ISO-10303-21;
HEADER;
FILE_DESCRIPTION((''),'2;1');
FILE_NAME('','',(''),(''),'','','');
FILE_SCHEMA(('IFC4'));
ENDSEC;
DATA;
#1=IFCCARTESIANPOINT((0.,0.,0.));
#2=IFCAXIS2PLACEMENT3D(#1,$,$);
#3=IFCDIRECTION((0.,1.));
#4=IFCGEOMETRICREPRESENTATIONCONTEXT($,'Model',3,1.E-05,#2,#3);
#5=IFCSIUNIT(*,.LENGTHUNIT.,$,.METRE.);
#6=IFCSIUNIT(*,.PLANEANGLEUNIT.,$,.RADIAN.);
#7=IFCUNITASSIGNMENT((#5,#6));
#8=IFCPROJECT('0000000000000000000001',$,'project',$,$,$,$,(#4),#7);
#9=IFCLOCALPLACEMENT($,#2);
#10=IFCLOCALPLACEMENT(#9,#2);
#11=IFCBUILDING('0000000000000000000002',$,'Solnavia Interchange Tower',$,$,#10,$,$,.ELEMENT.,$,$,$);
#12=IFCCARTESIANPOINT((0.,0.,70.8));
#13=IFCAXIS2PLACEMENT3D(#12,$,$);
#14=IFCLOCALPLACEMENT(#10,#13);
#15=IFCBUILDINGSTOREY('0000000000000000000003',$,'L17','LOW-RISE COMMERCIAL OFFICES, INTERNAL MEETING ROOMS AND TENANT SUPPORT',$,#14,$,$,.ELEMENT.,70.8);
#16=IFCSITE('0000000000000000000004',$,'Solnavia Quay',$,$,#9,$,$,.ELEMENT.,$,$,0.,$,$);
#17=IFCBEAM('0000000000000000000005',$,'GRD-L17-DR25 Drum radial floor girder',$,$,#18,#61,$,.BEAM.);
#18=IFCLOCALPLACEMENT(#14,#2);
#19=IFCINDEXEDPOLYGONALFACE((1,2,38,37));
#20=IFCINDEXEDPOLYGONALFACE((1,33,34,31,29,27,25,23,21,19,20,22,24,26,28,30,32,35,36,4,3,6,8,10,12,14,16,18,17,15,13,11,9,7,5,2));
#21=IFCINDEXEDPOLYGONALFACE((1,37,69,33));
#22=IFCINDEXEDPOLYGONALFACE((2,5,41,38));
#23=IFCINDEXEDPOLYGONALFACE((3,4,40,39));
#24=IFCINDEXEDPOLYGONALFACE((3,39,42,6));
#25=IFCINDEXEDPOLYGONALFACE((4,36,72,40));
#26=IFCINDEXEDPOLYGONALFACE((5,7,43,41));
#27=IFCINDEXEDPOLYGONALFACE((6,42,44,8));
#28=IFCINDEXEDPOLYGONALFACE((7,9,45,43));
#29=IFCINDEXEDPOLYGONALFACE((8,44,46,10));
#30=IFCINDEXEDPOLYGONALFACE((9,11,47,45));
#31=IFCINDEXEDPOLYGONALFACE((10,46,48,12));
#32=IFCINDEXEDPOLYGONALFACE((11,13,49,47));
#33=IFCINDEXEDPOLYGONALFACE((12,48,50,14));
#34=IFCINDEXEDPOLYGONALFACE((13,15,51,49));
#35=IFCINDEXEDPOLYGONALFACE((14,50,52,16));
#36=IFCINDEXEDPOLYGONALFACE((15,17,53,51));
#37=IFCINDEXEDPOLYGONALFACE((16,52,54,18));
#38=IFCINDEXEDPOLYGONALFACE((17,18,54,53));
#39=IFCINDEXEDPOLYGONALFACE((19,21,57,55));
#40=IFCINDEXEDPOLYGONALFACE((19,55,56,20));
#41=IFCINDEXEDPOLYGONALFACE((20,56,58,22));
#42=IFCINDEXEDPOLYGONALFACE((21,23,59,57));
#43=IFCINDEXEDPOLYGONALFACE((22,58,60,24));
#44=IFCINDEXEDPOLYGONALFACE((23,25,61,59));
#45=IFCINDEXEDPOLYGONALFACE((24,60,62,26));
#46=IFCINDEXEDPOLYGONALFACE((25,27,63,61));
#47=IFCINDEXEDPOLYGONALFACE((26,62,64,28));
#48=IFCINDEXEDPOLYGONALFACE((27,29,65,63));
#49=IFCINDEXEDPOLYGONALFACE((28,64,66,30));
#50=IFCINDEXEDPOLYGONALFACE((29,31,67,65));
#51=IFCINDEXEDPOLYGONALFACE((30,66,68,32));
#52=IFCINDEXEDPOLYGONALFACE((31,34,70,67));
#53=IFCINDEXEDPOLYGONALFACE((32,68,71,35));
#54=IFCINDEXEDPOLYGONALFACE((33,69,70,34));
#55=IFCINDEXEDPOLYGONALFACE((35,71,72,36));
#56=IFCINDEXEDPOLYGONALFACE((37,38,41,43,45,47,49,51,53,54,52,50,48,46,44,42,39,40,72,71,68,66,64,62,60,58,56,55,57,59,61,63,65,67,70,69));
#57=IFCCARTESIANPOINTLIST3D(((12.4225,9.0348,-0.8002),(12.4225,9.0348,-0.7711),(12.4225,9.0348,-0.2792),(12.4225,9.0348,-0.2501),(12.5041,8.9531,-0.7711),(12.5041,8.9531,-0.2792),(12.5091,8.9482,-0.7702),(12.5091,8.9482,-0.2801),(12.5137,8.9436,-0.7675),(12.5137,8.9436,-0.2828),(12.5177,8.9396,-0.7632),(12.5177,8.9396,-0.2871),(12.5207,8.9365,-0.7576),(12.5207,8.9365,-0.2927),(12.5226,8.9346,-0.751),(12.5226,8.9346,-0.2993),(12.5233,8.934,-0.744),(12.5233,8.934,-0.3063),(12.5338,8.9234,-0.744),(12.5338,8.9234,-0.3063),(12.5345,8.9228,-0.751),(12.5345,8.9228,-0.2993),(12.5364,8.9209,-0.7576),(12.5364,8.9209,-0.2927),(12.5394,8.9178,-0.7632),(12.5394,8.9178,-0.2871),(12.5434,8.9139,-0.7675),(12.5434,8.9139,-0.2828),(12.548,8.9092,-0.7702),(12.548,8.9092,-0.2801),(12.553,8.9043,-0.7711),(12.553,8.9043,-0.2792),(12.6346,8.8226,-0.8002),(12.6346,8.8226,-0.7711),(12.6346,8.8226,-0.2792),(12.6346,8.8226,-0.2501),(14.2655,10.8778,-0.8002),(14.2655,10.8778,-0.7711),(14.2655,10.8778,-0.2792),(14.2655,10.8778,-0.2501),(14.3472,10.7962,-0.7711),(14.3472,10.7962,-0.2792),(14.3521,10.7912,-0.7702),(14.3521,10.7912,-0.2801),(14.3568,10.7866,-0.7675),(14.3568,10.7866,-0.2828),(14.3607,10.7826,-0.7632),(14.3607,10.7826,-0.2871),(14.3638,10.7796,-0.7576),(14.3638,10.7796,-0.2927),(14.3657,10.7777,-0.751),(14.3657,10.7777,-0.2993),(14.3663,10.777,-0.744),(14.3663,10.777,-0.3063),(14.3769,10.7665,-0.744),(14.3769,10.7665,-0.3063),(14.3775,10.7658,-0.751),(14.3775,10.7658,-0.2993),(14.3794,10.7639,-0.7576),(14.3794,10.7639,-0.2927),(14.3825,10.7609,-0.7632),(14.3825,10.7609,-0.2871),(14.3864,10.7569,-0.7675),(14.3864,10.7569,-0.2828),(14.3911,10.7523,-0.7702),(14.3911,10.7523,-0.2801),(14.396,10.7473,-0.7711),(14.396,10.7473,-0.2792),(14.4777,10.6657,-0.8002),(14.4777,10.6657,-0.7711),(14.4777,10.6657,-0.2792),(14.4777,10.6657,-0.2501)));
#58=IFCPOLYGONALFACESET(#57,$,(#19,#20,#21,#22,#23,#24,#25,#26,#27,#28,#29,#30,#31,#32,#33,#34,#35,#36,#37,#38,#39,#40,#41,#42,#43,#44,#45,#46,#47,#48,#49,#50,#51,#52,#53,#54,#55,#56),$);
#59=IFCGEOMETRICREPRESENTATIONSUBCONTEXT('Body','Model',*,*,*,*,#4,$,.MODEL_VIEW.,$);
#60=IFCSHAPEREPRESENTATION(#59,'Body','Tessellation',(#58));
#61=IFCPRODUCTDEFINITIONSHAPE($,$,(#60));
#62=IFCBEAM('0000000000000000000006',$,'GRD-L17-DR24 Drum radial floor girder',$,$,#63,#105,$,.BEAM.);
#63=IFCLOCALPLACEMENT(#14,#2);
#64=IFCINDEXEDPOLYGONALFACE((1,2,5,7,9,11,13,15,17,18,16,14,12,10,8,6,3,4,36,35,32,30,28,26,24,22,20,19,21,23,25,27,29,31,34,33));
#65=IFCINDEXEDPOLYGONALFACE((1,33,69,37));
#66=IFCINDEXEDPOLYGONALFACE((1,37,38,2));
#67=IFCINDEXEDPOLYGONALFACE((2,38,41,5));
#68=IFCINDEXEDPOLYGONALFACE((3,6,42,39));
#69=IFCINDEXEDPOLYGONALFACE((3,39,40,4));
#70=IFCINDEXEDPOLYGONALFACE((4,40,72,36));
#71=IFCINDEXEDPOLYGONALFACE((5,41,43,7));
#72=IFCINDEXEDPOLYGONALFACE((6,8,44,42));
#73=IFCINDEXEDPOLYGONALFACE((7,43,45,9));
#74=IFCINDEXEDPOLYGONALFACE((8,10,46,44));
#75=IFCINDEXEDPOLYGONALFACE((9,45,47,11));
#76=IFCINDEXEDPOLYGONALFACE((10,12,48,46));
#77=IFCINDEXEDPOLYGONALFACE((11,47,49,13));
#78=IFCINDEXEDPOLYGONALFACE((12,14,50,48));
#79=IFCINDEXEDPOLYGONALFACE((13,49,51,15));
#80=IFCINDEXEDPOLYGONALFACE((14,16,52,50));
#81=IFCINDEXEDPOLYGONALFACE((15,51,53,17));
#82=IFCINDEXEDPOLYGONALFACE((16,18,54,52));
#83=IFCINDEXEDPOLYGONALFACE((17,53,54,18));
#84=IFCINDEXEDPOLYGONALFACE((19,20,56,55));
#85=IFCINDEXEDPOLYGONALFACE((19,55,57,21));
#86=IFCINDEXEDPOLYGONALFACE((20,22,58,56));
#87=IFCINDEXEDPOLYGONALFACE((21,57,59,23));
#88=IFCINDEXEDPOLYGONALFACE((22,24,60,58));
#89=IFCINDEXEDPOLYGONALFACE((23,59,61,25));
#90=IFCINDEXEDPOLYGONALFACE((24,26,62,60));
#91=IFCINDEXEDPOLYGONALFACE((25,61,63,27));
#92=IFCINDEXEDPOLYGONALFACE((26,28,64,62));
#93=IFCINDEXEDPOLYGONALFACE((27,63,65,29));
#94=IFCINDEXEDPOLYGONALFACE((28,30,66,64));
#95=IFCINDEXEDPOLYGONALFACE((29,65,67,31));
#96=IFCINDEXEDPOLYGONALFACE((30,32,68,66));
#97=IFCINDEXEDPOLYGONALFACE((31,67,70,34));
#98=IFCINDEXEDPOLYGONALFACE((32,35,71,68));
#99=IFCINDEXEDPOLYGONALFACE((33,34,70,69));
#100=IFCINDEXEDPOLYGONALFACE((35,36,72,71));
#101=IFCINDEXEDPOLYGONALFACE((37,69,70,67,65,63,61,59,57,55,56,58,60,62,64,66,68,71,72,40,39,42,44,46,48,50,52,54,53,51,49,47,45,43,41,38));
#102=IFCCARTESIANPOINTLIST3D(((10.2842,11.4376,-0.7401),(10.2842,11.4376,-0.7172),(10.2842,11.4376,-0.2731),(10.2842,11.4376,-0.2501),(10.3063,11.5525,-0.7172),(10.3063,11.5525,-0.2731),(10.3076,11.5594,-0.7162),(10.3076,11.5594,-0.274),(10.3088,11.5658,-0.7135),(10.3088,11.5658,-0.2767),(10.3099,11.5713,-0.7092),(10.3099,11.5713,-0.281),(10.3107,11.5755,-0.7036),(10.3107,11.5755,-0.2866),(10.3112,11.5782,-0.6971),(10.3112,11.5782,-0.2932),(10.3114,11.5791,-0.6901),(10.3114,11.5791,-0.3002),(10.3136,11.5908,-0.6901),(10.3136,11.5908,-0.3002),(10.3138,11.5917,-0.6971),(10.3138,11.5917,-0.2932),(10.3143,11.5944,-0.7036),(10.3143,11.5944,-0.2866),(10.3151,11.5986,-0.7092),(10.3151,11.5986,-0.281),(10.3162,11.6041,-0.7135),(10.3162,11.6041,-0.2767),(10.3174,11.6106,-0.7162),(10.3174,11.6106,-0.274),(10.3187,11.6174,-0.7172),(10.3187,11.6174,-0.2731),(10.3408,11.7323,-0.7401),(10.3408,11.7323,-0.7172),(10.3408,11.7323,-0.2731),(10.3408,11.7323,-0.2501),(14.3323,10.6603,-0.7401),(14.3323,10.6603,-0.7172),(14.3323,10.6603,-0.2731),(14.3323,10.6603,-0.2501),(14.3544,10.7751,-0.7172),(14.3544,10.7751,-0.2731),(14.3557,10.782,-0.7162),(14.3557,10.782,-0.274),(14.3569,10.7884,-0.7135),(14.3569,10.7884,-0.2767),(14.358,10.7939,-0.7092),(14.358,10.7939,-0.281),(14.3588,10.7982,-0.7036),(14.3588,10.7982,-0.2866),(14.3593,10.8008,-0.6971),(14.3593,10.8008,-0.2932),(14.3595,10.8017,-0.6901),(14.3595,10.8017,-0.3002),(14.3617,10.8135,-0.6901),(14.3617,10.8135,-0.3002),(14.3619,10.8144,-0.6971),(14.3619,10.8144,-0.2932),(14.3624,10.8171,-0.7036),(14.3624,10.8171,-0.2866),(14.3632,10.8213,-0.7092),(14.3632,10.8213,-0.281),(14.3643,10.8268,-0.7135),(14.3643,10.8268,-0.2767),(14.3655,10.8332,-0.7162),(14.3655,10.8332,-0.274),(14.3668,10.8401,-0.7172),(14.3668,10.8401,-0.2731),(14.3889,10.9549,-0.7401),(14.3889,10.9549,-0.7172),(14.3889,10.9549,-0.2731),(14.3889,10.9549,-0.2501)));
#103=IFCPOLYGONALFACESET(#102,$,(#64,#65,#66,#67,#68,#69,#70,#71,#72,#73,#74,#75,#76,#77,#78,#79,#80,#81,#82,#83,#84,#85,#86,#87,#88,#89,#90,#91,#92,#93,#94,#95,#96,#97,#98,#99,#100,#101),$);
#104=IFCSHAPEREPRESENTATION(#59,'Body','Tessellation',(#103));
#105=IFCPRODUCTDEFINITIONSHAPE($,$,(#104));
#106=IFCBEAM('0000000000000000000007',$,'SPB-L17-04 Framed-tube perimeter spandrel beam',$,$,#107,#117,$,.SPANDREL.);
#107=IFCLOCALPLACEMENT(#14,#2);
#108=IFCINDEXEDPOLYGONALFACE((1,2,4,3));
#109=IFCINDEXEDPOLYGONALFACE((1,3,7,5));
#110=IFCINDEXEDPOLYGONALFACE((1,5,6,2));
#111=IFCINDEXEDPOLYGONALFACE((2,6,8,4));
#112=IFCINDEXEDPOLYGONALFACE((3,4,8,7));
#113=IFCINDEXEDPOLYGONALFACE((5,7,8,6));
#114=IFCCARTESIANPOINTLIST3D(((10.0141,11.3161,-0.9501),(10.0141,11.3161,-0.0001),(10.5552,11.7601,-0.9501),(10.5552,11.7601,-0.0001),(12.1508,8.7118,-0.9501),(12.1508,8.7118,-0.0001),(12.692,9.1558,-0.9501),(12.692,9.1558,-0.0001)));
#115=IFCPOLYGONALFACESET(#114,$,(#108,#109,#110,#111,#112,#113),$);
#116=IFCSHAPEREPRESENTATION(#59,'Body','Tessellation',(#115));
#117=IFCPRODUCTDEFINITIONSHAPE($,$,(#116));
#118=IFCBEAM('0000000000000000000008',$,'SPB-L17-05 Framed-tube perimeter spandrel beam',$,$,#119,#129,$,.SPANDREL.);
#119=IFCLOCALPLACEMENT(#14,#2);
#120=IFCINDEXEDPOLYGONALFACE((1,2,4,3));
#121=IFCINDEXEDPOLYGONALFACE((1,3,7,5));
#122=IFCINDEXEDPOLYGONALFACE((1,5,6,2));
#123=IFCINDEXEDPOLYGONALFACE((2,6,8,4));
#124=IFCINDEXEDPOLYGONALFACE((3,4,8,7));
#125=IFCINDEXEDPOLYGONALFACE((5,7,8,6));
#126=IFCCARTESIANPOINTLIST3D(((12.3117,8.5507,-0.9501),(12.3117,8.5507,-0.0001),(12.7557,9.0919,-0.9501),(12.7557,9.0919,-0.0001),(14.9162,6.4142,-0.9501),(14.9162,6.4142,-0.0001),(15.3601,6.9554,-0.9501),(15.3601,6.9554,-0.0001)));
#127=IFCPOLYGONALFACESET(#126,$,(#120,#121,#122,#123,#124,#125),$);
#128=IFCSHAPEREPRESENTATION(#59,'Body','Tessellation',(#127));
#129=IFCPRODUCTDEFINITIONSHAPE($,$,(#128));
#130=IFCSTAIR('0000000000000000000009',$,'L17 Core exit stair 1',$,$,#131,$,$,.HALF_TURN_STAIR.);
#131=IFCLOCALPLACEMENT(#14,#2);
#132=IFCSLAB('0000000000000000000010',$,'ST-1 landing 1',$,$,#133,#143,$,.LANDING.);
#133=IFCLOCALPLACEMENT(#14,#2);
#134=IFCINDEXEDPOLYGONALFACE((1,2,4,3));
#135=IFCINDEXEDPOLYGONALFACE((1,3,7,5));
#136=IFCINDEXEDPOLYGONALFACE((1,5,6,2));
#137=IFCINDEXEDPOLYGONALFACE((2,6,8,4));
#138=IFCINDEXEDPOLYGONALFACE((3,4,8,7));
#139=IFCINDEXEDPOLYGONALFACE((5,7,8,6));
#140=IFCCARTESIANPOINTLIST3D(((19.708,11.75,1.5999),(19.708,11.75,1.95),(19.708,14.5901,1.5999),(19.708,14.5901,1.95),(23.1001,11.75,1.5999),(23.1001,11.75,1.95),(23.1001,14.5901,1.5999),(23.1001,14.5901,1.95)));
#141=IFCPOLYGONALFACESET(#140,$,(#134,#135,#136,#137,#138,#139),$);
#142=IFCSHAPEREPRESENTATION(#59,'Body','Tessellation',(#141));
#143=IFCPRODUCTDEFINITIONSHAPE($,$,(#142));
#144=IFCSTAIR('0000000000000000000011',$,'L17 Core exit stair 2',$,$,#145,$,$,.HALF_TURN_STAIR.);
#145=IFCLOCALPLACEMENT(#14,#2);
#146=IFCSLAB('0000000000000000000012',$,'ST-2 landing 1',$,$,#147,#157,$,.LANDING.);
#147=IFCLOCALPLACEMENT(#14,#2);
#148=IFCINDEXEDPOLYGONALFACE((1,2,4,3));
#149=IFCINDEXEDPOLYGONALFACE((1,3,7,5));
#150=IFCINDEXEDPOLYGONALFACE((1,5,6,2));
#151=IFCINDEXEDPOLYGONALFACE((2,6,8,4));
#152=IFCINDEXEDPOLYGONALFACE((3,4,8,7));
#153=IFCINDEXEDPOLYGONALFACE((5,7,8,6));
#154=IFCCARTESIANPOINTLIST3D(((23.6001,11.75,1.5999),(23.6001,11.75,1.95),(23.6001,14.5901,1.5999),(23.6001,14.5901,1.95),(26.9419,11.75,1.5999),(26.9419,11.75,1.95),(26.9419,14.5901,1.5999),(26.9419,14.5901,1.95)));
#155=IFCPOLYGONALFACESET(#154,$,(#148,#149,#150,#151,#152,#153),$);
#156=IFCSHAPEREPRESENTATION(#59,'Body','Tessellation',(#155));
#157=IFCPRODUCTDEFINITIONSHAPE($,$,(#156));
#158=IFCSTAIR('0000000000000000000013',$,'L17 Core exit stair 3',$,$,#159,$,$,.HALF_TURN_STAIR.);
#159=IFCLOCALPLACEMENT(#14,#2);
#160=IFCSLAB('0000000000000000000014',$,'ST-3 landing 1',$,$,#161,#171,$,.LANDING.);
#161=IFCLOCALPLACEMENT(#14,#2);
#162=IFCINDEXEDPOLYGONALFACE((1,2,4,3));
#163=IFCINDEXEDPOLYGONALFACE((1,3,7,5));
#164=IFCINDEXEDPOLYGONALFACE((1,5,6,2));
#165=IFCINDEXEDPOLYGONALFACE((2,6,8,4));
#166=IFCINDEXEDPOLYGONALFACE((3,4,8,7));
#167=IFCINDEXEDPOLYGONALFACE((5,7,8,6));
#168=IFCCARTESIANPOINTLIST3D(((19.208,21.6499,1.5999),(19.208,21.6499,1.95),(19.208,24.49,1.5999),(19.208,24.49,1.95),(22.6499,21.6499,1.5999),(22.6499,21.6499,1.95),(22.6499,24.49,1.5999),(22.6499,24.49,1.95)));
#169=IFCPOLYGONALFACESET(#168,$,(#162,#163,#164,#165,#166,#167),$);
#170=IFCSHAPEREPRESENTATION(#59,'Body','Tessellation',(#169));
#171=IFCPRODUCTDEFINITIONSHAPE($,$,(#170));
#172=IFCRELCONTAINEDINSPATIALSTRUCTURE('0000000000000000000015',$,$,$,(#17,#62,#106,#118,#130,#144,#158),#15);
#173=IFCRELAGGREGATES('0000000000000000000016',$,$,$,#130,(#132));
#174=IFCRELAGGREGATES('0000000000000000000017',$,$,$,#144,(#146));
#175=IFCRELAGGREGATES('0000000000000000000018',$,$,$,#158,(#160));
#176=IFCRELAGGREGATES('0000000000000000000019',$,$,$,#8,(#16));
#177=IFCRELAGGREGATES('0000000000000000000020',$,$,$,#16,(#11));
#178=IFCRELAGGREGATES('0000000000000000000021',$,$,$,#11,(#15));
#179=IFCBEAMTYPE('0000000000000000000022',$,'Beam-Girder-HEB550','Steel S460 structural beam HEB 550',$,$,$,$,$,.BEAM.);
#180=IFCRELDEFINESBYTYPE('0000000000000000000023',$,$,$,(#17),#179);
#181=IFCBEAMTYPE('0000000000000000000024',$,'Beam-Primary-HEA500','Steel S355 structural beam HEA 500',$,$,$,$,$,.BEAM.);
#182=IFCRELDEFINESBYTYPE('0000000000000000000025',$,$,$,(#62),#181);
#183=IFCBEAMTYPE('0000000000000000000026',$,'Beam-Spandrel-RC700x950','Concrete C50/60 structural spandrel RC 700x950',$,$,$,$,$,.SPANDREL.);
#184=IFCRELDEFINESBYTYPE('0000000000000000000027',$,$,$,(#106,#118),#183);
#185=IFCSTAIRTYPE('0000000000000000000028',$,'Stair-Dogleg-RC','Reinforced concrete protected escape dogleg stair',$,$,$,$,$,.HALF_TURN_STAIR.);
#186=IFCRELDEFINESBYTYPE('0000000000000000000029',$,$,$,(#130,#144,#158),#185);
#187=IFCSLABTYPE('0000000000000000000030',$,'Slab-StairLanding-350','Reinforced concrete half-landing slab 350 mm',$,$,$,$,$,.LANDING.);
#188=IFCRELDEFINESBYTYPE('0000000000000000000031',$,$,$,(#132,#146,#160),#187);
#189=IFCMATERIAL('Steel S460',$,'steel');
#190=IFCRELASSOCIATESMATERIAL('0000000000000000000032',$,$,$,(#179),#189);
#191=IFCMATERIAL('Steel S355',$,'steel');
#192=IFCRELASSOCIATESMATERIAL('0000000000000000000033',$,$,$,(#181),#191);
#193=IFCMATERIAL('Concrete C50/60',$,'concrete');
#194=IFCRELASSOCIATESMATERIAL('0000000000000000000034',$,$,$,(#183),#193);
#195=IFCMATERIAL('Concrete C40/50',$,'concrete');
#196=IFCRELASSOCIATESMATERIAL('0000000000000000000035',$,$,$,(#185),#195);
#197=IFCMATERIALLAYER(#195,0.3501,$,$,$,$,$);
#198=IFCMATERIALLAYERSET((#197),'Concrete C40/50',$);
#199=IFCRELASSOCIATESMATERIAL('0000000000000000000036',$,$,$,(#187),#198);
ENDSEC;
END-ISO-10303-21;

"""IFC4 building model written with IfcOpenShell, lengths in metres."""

from ifc_helpers import new_model, si_unit, direction, frame, origin, origin_2d, place, context, subcontext, project, spatial, polyline, rectangle, i_section, outline, extrude, material, layer, layer_set, material_profile, profile_set, type_object, element, aggregate, save


model = new_model("IFC4")

# Units and contexts
model_context = context("Model", 3, precision=1e-05, world=origin(), true_north=direction((0.0, 1.0)))
body_context = subcontext(model_context, "Body", "Model", "MODEL_VIEW")
ifc_project = project(units=[si_unit("LENGTHUNIT", "METRE"), si_unit("PLANEANGLEUNIT", "RADIAN")], contexts=[model_context])

# Site, building, storey
site_placement = place(None, origin())
site = spatial("IfcSite", under=ifc_project, at=site_placement, Name="Solnavia Quay", CompositionType="ELEMENT", RefElevation=0.0)
building_placement = place(site_placement, origin())
building = spatial("IfcBuilding", under=site, at=building_placement, Name="Solnavia Interchange Tower", CompositionType="ELEMENT")
storey_placement = place(building_placement, frame((0.0, 0.0, 70.8)))
storey = spatial("IfcBuildingStorey", under=building, at=storey_placement, Name="L17", Description="LOW-RISE COMMERCIAL OFFICES, INTERNAL MEETING ROOMS AND TENANT SUPPORT", CompositionType="ELEMENT", Elevation=70.8)

# Shared definitions
ifc_material_1 = material(Name="Steel S355", Category="steel")

# Beams
ifc_material_2 = material(Name="Steel S460", Category="steel")
ifc_material_profile_1 = material_profile(ifc_material_2, i_section(OverallWidth=0.3, OverallDepth=0.55, WebThickness=0.0149, FlangeThickness=0.0291, FilletRadius=0.0271, at=origin_2d()), Name="HEB 550")
ifc_profile_set_1 = profile_set([ifc_material_profile_1], Name="Steel S460")
beam_type_1 = type_object("IfcBeamType", Name="Beam-Girder-HEB550", Description="Steel S460 structural beam HEB 550", PredefinedType="BEAM", material=ifc_profile_set_1)
beam_1_placement = place(storey_placement, frame((12.5286, 8.9287, -0.5251), z_axis=(0.707107, 0.707107, 0.0), x_axis=(-0.707107, 0.707107, 0.0)))
element("IfcBeam", 1, at=beam_1_placement, inside=storey, type_object=beam_type_1, Name="GRD-L17-DR25 Drum radial floor girder", PredefinedType="BEAM", context=body_context, shape_type="SweptSolid", body=[
    extrude(i_section(OverallWidth=0.3, OverallDepth=0.55, WebThickness=0.0149, FlangeThickness=0.0291, FilletRadius=0.0271, at=origin_2d()), origin(), (0.0, 0.0, 1.0), 2.6064),
])
ifc_material_profile_2 = material_profile(ifc_material_1, i_section(OverallWidth=0.3, OverallDepth=0.49, WebThickness=0.012, FlangeThickness=0.0229, FilletRadius=0.0271, at=origin_2d()), Name="HEA 500")
ifc_profile_set_2 = profile_set([ifc_material_profile_2], Name="Steel S355")
beam_type_2 = type_object("IfcBeamType", Name="Beam-Primary-HEA500", Description="Steel S355 structural beam HEA 500", PredefinedType="BEAM", material=ifc_profile_set_2)
beam_2_placement = place(storey_placement, frame((10.3125, 11.585, -0.4951), z_axis=(0.982058, -0.188582, 0.0), x_axis=(0.188582, 0.982058, 0.0)))
element("IfcBeam", 2, at=beam_2_placement, inside=storey, type_object=beam_type_2, Name="GRD-L17-DR24 Drum radial floor girder", PredefinedType="BEAM", context=body_context, shape_type="SweptSolid", body=[
    extrude(i_section(OverallWidth=0.3, OverallDepth=0.49, WebThickness=0.012, FlangeThickness=0.0229, FilletRadius=0.0271, at=origin_2d()), origin(), (0.0, 0.0, 1.0), 4.1221),
])
ifc_material_3 = material(Name="Concrete C50/60", Category="concrete")
ifc_material_profile_3 = material_profile(ifc_material_3, rectangle(XDim=0.7, YDim=0.95, at=origin_2d()), Name="RC 700x950")
ifc_profile_set_3 = profile_set([ifc_material_profile_3], Name="Concrete C50/60")
beam_type_3 = type_object("IfcBeamType", Name="Beam-Spandrel-RC700x950", Description="Concrete C50/60 structural spandrel RC 700x950", PredefinedType="SPANDREL", material=ifc_profile_set_3)
for number, where, z_axis, x_axis, name in (
    (3, (10.2847, 11.5381, -0.4751), (0.634299, -0.773088, 0.0), (0.773088, 0.634299, 0.0), "SPB-L17-04 Framed-tube perimeter spandrel beam"),
    (4, (12.5337, 8.8213, -0.4751), (0.773153, -0.63422, 0.0), (0.63422, 0.773153, 0.0), "SPB-L17-05 Framed-tube perimeter spandrel beam"),
):
    element("IfcBeam", number, at=place(storey_placement, frame(where, z_axis=z_axis, x_axis=x_axis)), inside=storey, type_object=beam_type_3, Name=name, PredefinedType="SPANDREL", context=body_context, shape_type="SweptSolid", body=[
        extrude(rectangle(XDim=0.7, YDim=0.95, at=origin_2d()), origin(), (0.0, 0.0, 1.0), 3.3687),
    ])

# Stairs, slabs
ifc_material_4 = material(Name="Concrete C40/50", Category="concrete")
stair_type = type_object("IfcStairType", Name="Stair-Dogleg-RC", Description="Reinforced concrete protected escape dogleg stair", PredefinedType="HALF_TURN_STAIR", material=ifc_material_4)
stair_1_placement = place(storey_placement, origin())
stair_1 = element("IfcStair", 5, at=stair_1_placement, inside=storey, type_object=stair_type, Name="L17 Core exit stair 1", PredefinedType="HALF_TURN_STAIR")
ifc_layer_1 = layer(ifc_material_4, 0.3501)
ifc_layer_set_1 = layer_set([ifc_layer_1], Name="Concrete C40/50")
slab_type_1 = type_object("IfcSlabType", Name="Slab-StairLanding-350", Description="Reinforced concrete half-landing slab 350 mm", PredefinedType="LANDING", material=ifc_layer_set_1)
slab_1_placement = place(storey_placement, frame((0.0, 0.0, 1.5999)))
slab_1 = element("IfcSlab", 6, at=slab_1_placement, type_object=slab_type_1, Name="ST-1 landing 1", PredefinedType="LANDING", context=body_context, shape_type="SweptSolid", body=[
    extrude(outline(polyline([(19.708, 11.75), (23.1001, 11.75), (23.1001, 14.5901), (19.708, 14.5901), (19.708, 11.75)])), origin(), (0.0, 0.0, 1.0), 0.3501),
])
aggregate(stair_1, [slab_1])
stair_2_placement = place(storey_placement, origin())
stair_2 = element("IfcStair", 7, at=stair_2_placement, inside=storey, type_object=stair_type, Name="L17 Core exit stair 2", PredefinedType="HALF_TURN_STAIR")
slab_2_placement = place(storey_placement, frame((0.0, 0.0, 1.5999)))
slab_2 = element("IfcSlab", 8, at=slab_2_placement, type_object=slab_type_1, Name="ST-2 landing 1", PredefinedType="LANDING", context=body_context, shape_type="SweptSolid", body=[
    extrude(outline(polyline([(23.6001, 11.75), (26.9419, 11.75), (26.9419, 14.5901), (23.6001, 14.5901), (23.6001, 11.75)])), origin(), (0.0, 0.0, 1.0), 0.3501),
])
aggregate(stair_2, [slab_2])
stair_3_placement = place(storey_placement, origin())
stair_3 = element("IfcStair", 9, at=stair_3_placement, inside=storey, type_object=stair_type, Name="L17 Core exit stair 3", PredefinedType="HALF_TURN_STAIR")
slab_3_placement = place(storey_placement, frame((0.0, 0.0, 1.5999)))
slab_3 = element("IfcSlab", 10, at=slab_3_placement, type_object=slab_type_1, Name="ST-3 landing 1", PredefinedType="LANDING", context=body_context, shape_type="SweptSolid", body=[
    extrude(outline(polyline([(19.208, 21.6499), (22.6499, 21.6499), (22.6499, 24.49), (19.208, 24.49), (19.208, 21.6499)])), origin(), (0.0, 0.0, 1.0), 0.3501),
])
aggregate(stair_3, [slab_3])

save(model, "model.ifc")
